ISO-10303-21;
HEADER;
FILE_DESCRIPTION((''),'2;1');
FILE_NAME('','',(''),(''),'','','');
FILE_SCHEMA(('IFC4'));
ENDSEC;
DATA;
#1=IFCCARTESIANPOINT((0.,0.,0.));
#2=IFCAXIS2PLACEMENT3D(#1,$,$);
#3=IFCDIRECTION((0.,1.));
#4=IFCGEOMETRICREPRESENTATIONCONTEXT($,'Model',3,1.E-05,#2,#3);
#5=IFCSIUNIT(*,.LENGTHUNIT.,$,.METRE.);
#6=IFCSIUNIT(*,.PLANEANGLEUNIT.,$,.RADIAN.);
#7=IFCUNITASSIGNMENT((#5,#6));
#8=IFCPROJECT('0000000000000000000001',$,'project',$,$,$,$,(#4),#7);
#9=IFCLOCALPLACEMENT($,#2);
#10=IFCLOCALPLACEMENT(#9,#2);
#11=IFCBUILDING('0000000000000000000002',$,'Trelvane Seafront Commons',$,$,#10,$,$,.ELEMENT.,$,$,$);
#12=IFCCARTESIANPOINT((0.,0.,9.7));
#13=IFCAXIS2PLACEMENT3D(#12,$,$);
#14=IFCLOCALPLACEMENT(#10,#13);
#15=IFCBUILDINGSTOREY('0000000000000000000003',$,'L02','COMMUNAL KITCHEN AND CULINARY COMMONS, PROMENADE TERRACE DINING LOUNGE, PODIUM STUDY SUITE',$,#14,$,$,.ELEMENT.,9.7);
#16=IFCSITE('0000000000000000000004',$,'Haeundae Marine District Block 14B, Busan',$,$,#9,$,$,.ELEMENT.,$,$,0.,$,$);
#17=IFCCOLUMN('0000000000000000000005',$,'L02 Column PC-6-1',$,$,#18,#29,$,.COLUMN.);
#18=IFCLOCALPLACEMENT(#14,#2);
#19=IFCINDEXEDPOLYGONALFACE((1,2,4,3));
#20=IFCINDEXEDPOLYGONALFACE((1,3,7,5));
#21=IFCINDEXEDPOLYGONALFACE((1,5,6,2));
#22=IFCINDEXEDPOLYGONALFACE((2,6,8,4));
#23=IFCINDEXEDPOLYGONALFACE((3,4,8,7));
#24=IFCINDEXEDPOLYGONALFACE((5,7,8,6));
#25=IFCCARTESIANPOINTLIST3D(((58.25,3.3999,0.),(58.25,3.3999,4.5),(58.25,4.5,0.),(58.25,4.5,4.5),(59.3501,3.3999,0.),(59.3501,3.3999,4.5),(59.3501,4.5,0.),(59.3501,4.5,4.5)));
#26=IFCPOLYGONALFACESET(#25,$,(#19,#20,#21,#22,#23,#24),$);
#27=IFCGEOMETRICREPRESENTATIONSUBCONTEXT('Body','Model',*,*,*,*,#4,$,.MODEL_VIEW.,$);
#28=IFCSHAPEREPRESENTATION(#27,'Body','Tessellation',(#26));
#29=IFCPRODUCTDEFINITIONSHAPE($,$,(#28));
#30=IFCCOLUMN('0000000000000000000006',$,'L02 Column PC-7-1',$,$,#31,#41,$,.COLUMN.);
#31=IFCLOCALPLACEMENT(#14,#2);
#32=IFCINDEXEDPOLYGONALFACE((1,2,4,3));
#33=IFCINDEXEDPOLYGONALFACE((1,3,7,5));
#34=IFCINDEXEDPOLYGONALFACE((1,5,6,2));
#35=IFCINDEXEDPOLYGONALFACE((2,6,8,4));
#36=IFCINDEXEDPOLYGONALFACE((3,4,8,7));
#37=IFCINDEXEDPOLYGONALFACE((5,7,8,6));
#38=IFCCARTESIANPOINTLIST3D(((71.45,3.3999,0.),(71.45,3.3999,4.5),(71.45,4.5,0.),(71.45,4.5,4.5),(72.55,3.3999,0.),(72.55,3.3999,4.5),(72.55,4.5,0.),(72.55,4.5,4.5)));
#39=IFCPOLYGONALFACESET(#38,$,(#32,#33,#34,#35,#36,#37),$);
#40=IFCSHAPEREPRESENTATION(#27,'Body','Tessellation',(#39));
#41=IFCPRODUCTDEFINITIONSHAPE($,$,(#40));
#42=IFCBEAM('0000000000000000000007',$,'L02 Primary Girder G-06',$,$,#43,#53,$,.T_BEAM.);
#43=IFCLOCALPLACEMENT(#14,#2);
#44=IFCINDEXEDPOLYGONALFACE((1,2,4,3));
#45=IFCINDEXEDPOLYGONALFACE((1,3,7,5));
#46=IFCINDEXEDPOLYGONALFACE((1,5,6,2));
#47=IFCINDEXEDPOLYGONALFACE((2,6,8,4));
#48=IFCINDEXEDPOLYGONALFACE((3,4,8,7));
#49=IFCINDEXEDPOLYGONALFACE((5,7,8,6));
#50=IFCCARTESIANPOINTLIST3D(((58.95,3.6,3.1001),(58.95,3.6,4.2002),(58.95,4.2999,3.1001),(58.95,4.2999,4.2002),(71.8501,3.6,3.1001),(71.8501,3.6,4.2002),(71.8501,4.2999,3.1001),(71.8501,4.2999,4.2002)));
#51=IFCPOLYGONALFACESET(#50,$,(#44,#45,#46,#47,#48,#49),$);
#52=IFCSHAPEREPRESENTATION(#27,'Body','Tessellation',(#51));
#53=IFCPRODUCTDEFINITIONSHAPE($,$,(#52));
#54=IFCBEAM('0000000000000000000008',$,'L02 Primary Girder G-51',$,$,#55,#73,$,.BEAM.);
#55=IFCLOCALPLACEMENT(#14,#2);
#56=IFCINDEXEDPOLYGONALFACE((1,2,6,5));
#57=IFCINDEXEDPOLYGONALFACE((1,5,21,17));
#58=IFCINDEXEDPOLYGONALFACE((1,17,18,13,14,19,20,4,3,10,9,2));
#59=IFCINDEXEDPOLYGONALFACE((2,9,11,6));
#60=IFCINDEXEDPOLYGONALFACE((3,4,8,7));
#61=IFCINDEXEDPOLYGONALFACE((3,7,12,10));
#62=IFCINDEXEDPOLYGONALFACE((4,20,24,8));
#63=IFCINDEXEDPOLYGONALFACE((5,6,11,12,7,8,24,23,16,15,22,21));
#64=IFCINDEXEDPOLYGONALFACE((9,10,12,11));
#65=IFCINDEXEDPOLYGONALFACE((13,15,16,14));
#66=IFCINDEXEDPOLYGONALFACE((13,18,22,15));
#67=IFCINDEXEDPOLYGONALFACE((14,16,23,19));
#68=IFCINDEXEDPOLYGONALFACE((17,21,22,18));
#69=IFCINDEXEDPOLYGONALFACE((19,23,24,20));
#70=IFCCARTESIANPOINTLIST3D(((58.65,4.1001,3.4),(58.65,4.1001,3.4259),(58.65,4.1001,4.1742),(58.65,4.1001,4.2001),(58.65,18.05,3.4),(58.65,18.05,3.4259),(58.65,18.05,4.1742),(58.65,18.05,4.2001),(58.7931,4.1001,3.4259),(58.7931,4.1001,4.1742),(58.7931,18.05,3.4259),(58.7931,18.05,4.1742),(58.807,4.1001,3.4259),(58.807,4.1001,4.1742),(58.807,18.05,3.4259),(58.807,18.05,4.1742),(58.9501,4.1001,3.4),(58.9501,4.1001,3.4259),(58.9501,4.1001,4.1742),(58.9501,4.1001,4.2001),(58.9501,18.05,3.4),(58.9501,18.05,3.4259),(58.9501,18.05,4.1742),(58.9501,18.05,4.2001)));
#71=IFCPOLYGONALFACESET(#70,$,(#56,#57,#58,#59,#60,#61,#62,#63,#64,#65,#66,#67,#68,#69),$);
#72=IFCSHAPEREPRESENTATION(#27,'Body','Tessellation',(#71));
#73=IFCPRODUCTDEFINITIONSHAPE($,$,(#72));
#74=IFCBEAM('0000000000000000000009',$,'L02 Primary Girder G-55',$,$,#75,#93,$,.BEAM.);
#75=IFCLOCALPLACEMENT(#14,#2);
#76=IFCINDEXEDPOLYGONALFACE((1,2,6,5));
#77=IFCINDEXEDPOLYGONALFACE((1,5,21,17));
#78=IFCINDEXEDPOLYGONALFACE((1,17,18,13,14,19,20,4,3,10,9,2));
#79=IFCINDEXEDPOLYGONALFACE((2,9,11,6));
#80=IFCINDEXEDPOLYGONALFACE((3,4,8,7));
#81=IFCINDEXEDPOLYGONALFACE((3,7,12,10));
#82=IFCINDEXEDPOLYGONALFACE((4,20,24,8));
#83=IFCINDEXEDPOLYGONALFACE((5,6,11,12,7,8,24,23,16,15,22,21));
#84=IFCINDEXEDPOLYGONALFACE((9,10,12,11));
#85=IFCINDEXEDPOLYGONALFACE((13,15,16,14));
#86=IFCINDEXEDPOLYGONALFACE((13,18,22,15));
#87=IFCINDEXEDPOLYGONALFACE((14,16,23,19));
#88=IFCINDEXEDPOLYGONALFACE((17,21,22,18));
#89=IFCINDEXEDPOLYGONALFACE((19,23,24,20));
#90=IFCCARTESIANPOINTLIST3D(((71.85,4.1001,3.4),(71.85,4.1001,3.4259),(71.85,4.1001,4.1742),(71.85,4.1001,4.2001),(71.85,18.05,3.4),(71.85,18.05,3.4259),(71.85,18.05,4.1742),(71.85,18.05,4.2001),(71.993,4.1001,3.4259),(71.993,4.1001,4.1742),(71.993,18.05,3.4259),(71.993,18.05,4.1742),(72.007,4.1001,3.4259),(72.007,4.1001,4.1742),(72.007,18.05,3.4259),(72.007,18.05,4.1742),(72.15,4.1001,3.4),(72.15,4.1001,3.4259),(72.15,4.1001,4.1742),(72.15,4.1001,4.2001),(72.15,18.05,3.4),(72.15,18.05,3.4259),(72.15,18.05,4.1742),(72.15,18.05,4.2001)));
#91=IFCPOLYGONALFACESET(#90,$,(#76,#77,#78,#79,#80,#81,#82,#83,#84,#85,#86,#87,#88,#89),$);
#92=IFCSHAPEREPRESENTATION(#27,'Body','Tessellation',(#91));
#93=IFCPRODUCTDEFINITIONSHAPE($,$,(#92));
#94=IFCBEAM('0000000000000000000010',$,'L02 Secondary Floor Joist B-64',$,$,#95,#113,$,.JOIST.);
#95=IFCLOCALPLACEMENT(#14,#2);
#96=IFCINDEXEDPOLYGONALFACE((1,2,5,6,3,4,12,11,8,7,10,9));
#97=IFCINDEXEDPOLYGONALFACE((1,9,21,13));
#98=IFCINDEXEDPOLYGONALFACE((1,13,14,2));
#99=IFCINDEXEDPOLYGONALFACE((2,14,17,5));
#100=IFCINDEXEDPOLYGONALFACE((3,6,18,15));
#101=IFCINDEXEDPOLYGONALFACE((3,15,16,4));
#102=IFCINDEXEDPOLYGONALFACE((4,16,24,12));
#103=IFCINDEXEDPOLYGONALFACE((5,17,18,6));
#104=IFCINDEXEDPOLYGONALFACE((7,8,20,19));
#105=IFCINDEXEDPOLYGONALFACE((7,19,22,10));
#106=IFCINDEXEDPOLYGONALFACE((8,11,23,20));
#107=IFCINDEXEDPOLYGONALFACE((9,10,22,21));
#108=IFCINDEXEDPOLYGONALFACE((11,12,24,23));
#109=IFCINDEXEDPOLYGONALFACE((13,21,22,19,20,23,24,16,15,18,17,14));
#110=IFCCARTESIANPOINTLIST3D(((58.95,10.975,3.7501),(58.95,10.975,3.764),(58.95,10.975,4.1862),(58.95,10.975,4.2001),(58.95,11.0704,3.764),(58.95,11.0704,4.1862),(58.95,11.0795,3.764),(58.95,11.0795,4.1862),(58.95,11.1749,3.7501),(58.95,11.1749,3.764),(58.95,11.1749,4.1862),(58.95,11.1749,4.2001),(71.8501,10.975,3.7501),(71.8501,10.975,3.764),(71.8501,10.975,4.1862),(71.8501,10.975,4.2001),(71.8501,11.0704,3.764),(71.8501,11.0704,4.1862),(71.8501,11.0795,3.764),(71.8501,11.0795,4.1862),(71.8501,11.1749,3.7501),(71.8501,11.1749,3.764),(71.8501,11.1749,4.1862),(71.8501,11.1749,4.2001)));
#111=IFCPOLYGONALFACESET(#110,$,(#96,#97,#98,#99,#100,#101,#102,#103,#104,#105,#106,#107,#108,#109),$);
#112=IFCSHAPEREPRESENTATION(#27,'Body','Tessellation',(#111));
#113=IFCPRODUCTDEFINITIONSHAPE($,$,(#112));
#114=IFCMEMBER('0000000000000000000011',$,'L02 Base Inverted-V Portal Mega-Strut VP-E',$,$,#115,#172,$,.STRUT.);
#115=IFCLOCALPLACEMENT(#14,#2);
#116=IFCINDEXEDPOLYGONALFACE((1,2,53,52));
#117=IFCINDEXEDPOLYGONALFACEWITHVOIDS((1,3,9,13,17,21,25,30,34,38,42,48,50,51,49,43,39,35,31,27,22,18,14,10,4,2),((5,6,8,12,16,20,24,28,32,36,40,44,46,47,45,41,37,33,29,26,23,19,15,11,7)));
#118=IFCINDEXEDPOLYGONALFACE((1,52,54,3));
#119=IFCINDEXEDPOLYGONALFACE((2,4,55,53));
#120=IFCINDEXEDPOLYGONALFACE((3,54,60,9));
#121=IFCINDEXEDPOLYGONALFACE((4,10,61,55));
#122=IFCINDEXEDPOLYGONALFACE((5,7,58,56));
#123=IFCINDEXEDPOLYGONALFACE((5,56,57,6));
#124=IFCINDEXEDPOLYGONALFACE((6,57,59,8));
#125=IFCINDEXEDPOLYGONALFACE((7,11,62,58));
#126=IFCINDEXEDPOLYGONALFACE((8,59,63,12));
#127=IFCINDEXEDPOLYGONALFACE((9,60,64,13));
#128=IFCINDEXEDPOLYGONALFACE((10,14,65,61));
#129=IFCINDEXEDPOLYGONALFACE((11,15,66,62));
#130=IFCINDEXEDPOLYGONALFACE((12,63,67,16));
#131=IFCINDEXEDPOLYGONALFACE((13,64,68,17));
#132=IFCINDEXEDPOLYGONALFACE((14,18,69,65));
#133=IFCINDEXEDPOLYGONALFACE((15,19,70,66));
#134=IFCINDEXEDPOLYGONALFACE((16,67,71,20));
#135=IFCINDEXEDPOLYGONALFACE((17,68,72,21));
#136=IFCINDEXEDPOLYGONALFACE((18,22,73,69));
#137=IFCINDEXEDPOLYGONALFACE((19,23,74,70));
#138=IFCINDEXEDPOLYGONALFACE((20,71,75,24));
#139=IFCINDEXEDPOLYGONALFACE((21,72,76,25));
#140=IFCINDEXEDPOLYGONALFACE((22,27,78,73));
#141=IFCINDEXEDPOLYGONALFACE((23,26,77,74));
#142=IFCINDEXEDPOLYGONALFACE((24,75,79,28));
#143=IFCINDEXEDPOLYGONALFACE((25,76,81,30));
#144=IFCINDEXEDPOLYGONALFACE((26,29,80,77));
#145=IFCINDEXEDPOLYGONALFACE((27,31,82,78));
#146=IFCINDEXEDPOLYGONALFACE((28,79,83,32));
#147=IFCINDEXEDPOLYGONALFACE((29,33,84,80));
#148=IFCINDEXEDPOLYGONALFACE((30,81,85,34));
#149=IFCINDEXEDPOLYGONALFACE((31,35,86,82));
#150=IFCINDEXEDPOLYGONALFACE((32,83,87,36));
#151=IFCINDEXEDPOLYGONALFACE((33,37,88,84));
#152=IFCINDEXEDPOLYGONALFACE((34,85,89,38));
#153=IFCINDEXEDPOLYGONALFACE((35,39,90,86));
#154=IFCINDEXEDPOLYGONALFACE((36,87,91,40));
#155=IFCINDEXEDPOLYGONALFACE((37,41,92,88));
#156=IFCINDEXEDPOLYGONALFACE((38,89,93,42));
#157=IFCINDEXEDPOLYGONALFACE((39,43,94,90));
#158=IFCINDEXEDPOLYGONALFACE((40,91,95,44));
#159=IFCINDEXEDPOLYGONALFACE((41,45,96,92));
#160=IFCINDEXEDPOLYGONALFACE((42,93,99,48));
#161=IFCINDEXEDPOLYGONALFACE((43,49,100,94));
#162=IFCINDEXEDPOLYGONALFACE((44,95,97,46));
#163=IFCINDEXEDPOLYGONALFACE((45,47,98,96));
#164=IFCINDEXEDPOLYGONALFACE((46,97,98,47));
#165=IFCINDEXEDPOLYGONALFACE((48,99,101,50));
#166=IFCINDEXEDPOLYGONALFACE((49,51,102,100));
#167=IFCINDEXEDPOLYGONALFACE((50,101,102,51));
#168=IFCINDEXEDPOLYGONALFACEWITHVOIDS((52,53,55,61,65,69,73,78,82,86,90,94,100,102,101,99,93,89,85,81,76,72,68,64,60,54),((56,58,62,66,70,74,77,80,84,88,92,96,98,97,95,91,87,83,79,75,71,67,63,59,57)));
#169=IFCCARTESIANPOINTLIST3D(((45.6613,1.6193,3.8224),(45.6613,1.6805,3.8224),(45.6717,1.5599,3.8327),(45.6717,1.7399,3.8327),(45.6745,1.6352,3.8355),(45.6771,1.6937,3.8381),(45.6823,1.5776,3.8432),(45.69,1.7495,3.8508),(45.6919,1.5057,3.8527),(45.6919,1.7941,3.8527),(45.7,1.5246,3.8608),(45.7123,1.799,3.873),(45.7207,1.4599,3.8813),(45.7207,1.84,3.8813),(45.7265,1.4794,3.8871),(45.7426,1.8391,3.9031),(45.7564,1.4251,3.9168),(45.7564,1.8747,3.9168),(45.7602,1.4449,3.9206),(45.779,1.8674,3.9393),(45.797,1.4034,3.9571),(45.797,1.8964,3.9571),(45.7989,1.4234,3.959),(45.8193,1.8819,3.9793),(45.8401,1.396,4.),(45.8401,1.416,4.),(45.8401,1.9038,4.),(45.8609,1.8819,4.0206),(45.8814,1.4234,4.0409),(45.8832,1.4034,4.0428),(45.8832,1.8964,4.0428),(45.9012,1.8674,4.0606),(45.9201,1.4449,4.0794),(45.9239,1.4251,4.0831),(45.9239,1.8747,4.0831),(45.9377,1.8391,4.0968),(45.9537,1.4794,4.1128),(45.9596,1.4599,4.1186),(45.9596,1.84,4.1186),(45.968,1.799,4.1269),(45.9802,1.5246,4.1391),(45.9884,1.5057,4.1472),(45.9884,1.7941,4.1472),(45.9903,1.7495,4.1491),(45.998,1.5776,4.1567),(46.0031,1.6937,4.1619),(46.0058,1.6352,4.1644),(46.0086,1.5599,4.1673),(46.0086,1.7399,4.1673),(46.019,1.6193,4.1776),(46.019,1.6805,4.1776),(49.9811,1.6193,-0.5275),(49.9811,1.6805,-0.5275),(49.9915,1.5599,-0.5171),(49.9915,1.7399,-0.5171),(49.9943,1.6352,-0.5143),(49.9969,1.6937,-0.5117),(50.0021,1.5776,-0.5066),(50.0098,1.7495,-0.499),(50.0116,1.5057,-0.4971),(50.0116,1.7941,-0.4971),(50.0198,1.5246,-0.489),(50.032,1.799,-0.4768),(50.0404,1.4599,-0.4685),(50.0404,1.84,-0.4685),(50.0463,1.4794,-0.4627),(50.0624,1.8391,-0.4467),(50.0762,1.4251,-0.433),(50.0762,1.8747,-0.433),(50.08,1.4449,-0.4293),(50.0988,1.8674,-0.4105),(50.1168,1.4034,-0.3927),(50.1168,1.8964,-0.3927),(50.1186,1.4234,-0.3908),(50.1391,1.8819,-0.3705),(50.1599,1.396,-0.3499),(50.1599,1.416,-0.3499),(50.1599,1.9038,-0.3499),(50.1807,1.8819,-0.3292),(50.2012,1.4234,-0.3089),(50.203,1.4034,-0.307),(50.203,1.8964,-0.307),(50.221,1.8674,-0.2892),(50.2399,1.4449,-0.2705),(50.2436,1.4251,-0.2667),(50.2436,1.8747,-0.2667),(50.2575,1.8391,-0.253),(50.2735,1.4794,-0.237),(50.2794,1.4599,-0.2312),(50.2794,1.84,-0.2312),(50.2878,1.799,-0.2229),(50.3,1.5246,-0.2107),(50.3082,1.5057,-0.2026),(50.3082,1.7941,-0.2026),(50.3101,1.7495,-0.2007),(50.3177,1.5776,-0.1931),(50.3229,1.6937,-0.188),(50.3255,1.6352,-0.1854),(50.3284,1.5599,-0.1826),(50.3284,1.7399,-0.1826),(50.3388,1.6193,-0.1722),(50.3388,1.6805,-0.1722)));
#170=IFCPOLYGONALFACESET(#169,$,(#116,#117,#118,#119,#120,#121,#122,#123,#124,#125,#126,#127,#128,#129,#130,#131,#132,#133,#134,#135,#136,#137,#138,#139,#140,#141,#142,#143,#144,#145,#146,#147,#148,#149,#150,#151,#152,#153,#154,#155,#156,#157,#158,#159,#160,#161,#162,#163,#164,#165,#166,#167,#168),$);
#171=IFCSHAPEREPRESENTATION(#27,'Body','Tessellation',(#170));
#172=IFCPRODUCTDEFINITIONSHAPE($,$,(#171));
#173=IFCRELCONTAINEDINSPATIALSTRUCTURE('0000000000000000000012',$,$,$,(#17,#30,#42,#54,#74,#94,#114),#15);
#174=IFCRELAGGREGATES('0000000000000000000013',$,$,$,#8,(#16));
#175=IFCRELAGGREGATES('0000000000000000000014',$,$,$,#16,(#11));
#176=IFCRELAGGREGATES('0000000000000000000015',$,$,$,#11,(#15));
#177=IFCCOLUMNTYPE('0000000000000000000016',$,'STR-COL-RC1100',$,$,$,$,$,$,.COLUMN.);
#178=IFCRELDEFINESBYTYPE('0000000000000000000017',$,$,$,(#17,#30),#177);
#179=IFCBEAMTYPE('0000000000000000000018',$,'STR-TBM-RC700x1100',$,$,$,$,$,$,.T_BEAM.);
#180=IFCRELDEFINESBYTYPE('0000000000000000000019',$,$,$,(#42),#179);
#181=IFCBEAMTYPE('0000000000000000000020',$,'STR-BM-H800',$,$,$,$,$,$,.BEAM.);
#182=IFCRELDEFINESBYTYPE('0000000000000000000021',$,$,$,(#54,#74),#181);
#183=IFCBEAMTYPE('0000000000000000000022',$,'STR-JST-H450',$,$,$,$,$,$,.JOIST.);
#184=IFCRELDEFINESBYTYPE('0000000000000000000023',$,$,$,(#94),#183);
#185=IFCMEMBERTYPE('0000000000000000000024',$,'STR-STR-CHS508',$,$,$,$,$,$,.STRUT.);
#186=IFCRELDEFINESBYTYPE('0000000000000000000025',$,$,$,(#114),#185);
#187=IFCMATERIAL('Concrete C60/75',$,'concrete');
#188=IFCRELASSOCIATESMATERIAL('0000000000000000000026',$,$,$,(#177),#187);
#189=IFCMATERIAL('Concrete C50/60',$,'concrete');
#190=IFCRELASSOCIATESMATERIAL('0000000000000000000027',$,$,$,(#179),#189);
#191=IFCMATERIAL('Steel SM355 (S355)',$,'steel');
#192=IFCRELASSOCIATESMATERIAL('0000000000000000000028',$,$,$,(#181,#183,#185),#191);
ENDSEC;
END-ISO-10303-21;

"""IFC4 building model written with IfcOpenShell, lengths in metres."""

from ifc_helpers import new_model, si_unit, direction, frame, origin, origin_2d, place, context, subcontext, project, spatial, rectangle, hollow_circle, i_section, extrude, source, transform, mapped, material, material_profile, profile_set, type_object, element, save


model = new_model("IFC4")

# Units and contexts
model_context = context("Model", 3, precision=1e-05, world=origin(), true_north=direction((0.0, 1.0)))
body_context = subcontext(model_context, "Body", "Model", "MODEL_VIEW")
ifc_project = project(units=[si_unit("LENGTHUNIT", "METRE"), si_unit("PLANEANGLEUNIT", "RADIAN")], contexts=[model_context])

# Site, building, storey
site_placement = place(None, origin())
site = spatial("IfcSite", under=ifc_project, at=site_placement, Name="Haeundae Marine District Block 14B, Busan", CompositionType="ELEMENT", RefElevation=0.0)
building_placement = place(site_placement, origin())
building = spatial("IfcBuilding", under=site, at=building_placement, Name="Trelvane Seafront Commons", CompositionType="ELEMENT")
storey_placement = place(building_placement, frame((0.0, 0.0, 9.7)))
storey = spatial("IfcBuildingStorey", under=building, at=storey_placement, Name="L02", Description="COMMUNAL KITCHEN AND CULINARY COMMONS, PROMENADE TERRACE DINING LOUNGE, PODIUM STUDY SUITE", CompositionType="ELEMENT", Elevation=9.7)

# Columns
ifc_material_1 = material(Name="Concrete C60/75", Category="concrete")
ifc_material_profile_1 = material_profile(ifc_material_1, rectangle(XDim=1.1001, YDim=1.1001, at=origin_2d()), Name="RC-1100x1100")
ifc_profile_set_1 = profile_set([ifc_material_profile_1], Name="Concrete C60/75")
column_type = type_object("IfcColumnType", Name="STR-COL-RC1100", PredefinedType="COLUMN", material=ifc_profile_set_1)
shared_shape_1 = source(origin(), body_context, "Body", "SweptSolid", [
    extrude(rectangle(XDim=1.1001, YDim=1.1001, at=origin_2d()), origin(), (0.0, 0.0, 1.0), 4.5),
])
for number, where, z_axis, x_axis, name in (
    (1, (58.8, 3.95, 0.0), (0.0, 0.0, 1.0), (1.0, 0.0, 0.0), "L02 Column PC-6-1"),
    (2, (72.0, 3.95, 0.0), (0.0, 0.0, 1.0), (1.0, 0.0, 0.0), "L02 Column PC-7-1"),
):
    element("IfcColumn", number, at=place(storey_placement, frame(where, z_axis=z_axis, x_axis=x_axis)), inside=storey, type_object=column_type, Name=name, PredefinedType="COLUMN", context=body_context, shape_type="MappedRepresentation", body=[
        mapped(shared_shape_1, transform((0.0, 0.0, 0.0), x_axis=(1.0, 0.0, 0.0), y_axis=(0.0, 1.0, 0.0), z_axis=(0.0, 0.0, 1.0), scale=1.0)),
    ])

# Beams
ifc_material_2 = material(Name="Concrete C50/60", Category="concrete")
ifc_material_profile_2 = material_profile(ifc_material_2, rectangle(XDim=0.7, YDim=1.1001, at=origin_2d()), Name="RC-700x1100")
ifc_profile_set_2 = profile_set([ifc_material_profile_2], Name="Concrete C50/60")
beam_type_1 = type_object("IfcBeamType", Name="STR-TBM-RC700x1100", PredefinedType="T_BEAM", material=ifc_profile_set_2)
shared_shape_2 = source(origin(), body_context, "Body", "SweptSolid", [
    extrude(rectangle(XDim=0.7, YDim=1.1001, at=origin_2d()), origin(), (0.0, 0.0, 1.0), 12.9001),
])
beam_1_placement = place(storey_placement, frame((58.95, 3.95, 3.6501), z_axis=(1.0, 0.0, 0.0), x_axis=(0.0, 1.0, 0.0)))
element("IfcBeam", 3, at=beam_1_placement, inside=storey, type_object=beam_type_1, Name="L02 Primary Girder G-06", PredefinedType="T_BEAM", context=body_context, shape_type="MappedRepresentation", body=[
    mapped(shared_shape_2, transform((0.0, 0.0, 0.0), x_axis=(1.0, 0.0, 0.0), y_axis=(0.0, 1.0, 0.0), z_axis=(0.0, 0.0, 1.0), scale=1.0)),
])
ifc_material_3 = material(Name="Steel SM355 (S355)", Category="steel")
ifc_material_profile_3 = material_profile(ifc_material_3, i_section(OverallWidth=0.3, OverallDepth=0.8, WebThickness=0.0139, FlangeThickness=0.0259, at=origin_2d()), Name="H-800x300x14x26")
ifc_profile_set_3 = profile_set([ifc_material_profile_3], Name="Steel SM355 (S355)")
beam_type_2 = type_object("IfcBeamType", Name="STR-BM-H800", PredefinedType="BEAM", material=ifc_profile_set_3)
shared_shape_3 = source(origin(), body_context, "Body", "SweptSolid", [
    extrude(i_section(OverallWidth=0.3, OverallDepth=0.8, WebThickness=0.0139, FlangeThickness=0.0259, at=origin_2d()), origin(), (0.0, 0.0, 1.0), 13.95),
])
for number, where, z_axis, x_axis, name in (
    (4, (58.8, 4.1001, 3.8), (0.0, 1.0, 0.0), (-1.0, 0.0, 0.0), "L02 Primary Girder G-51"),
    (5, (72.0, 4.1001, 3.8), (0.0, 1.0, 0.0), (-1.0, 0.0, 0.0), "L02 Primary Girder G-55"),
):
    element("IfcBeam", number, at=place(storey_placement, frame(where, z_axis=z_axis, x_axis=x_axis)), inside=storey, type_object=beam_type_2, Name=name, PredefinedType="BEAM", context=body_context, shape_type="MappedRepresentation", body=[
        mapped(shared_shape_3, transform((0.0, 0.0, 0.0), x_axis=(1.0, 0.0, 0.0), y_axis=(0.0, 1.0, 0.0), z_axis=(0.0, 0.0, 1.0), scale=1.0)),
    ])
ifc_material_profile_4 = material_profile(ifc_material_3, i_section(OverallWidth=0.2, OverallDepth=0.45, WebThickness=0.009, FlangeThickness=0.0139, at=origin_2d()), Name="H-450x200x9x14")
ifc_profile_set_4 = profile_set([ifc_material_profile_4], Name="Steel SM355 (S355)")
beam_type_3 = type_object("IfcBeamType", Name="STR-JST-H450", PredefinedType="JOIST", material=ifc_profile_set_4)
shared_shape_4 = source(origin(), body_context, "Body", "SweptSolid", [
    extrude(i_section(OverallWidth=0.2, OverallDepth=0.45, WebThickness=0.009, FlangeThickness=0.0139, at=origin_2d()), origin(), (0.0, 0.0, 1.0), 12.9001),
])
beam_2_placement = place(storey_placement, frame((58.95, 11.075, 3.9751), z_axis=(1.0, 0.0, 0.0), x_axis=(0.0, 1.0, 0.0)))
element("IfcBeam", 6, at=beam_2_placement, inside=storey, type_object=beam_type_3, Name="L02 Secondary Floor Joist B-64", PredefinedType="JOIST", context=body_context, shape_type="MappedRepresentation", body=[
    mapped(shared_shape_4, transform((0.0, 0.0, 0.0), x_axis=(1.0, 0.0, 0.0), y_axis=(0.0, 1.0, 0.0), z_axis=(0.0, 0.0, 1.0), scale=1.0)),
])

# Member
ifc_material_profile_5 = material_profile(ifc_material_3, hollow_circle(Radius=0.2539, WallThickness=0.02, at=origin_2d()), Name="CHS-508x20")
ifc_profile_set_5 = profile_set([ifc_material_profile_5], Name="Steel SM355 (S355)")
member_type_1 = type_object("IfcMemberType", Name="STR-STR-CHS508", PredefinedType="STRUT", material=ifc_profile_set_5)
shared_shape_5 = source(origin(), body_context, "Body", "SweptSolid", [
    extrude(hollow_circle(Radius=0.2539, WallThickness=0.02, at=origin_2d()), origin(), (0.0, 0.0, 1.0), 6.1304),
])
member_1_placement = place(storey_placement, frame((50.1599, 1.6499, -0.3499), z_axis=(-0.704653, 0.0, 0.709552), x_axis=(0.0, -1.0, 0.0)))
element("IfcMember", 7, at=member_1_placement, inside=storey, type_object=member_type_1, Name="L02 Base Inverted-V Portal Mega-Strut VP-E", PredefinedType="STRUT", context=body_context, shape_type="MappedRepresentation", body=[
    mapped(shared_shape_5, transform((0.0, 0.0, 0.0), x_axis=(1.0, 0.0, 0.0), y_axis=(0.0, 1.0, 0.0), z_axis=(0.0, 0.0, 1.0), scale=1.0)),
])

save(model, "model.ifc")
